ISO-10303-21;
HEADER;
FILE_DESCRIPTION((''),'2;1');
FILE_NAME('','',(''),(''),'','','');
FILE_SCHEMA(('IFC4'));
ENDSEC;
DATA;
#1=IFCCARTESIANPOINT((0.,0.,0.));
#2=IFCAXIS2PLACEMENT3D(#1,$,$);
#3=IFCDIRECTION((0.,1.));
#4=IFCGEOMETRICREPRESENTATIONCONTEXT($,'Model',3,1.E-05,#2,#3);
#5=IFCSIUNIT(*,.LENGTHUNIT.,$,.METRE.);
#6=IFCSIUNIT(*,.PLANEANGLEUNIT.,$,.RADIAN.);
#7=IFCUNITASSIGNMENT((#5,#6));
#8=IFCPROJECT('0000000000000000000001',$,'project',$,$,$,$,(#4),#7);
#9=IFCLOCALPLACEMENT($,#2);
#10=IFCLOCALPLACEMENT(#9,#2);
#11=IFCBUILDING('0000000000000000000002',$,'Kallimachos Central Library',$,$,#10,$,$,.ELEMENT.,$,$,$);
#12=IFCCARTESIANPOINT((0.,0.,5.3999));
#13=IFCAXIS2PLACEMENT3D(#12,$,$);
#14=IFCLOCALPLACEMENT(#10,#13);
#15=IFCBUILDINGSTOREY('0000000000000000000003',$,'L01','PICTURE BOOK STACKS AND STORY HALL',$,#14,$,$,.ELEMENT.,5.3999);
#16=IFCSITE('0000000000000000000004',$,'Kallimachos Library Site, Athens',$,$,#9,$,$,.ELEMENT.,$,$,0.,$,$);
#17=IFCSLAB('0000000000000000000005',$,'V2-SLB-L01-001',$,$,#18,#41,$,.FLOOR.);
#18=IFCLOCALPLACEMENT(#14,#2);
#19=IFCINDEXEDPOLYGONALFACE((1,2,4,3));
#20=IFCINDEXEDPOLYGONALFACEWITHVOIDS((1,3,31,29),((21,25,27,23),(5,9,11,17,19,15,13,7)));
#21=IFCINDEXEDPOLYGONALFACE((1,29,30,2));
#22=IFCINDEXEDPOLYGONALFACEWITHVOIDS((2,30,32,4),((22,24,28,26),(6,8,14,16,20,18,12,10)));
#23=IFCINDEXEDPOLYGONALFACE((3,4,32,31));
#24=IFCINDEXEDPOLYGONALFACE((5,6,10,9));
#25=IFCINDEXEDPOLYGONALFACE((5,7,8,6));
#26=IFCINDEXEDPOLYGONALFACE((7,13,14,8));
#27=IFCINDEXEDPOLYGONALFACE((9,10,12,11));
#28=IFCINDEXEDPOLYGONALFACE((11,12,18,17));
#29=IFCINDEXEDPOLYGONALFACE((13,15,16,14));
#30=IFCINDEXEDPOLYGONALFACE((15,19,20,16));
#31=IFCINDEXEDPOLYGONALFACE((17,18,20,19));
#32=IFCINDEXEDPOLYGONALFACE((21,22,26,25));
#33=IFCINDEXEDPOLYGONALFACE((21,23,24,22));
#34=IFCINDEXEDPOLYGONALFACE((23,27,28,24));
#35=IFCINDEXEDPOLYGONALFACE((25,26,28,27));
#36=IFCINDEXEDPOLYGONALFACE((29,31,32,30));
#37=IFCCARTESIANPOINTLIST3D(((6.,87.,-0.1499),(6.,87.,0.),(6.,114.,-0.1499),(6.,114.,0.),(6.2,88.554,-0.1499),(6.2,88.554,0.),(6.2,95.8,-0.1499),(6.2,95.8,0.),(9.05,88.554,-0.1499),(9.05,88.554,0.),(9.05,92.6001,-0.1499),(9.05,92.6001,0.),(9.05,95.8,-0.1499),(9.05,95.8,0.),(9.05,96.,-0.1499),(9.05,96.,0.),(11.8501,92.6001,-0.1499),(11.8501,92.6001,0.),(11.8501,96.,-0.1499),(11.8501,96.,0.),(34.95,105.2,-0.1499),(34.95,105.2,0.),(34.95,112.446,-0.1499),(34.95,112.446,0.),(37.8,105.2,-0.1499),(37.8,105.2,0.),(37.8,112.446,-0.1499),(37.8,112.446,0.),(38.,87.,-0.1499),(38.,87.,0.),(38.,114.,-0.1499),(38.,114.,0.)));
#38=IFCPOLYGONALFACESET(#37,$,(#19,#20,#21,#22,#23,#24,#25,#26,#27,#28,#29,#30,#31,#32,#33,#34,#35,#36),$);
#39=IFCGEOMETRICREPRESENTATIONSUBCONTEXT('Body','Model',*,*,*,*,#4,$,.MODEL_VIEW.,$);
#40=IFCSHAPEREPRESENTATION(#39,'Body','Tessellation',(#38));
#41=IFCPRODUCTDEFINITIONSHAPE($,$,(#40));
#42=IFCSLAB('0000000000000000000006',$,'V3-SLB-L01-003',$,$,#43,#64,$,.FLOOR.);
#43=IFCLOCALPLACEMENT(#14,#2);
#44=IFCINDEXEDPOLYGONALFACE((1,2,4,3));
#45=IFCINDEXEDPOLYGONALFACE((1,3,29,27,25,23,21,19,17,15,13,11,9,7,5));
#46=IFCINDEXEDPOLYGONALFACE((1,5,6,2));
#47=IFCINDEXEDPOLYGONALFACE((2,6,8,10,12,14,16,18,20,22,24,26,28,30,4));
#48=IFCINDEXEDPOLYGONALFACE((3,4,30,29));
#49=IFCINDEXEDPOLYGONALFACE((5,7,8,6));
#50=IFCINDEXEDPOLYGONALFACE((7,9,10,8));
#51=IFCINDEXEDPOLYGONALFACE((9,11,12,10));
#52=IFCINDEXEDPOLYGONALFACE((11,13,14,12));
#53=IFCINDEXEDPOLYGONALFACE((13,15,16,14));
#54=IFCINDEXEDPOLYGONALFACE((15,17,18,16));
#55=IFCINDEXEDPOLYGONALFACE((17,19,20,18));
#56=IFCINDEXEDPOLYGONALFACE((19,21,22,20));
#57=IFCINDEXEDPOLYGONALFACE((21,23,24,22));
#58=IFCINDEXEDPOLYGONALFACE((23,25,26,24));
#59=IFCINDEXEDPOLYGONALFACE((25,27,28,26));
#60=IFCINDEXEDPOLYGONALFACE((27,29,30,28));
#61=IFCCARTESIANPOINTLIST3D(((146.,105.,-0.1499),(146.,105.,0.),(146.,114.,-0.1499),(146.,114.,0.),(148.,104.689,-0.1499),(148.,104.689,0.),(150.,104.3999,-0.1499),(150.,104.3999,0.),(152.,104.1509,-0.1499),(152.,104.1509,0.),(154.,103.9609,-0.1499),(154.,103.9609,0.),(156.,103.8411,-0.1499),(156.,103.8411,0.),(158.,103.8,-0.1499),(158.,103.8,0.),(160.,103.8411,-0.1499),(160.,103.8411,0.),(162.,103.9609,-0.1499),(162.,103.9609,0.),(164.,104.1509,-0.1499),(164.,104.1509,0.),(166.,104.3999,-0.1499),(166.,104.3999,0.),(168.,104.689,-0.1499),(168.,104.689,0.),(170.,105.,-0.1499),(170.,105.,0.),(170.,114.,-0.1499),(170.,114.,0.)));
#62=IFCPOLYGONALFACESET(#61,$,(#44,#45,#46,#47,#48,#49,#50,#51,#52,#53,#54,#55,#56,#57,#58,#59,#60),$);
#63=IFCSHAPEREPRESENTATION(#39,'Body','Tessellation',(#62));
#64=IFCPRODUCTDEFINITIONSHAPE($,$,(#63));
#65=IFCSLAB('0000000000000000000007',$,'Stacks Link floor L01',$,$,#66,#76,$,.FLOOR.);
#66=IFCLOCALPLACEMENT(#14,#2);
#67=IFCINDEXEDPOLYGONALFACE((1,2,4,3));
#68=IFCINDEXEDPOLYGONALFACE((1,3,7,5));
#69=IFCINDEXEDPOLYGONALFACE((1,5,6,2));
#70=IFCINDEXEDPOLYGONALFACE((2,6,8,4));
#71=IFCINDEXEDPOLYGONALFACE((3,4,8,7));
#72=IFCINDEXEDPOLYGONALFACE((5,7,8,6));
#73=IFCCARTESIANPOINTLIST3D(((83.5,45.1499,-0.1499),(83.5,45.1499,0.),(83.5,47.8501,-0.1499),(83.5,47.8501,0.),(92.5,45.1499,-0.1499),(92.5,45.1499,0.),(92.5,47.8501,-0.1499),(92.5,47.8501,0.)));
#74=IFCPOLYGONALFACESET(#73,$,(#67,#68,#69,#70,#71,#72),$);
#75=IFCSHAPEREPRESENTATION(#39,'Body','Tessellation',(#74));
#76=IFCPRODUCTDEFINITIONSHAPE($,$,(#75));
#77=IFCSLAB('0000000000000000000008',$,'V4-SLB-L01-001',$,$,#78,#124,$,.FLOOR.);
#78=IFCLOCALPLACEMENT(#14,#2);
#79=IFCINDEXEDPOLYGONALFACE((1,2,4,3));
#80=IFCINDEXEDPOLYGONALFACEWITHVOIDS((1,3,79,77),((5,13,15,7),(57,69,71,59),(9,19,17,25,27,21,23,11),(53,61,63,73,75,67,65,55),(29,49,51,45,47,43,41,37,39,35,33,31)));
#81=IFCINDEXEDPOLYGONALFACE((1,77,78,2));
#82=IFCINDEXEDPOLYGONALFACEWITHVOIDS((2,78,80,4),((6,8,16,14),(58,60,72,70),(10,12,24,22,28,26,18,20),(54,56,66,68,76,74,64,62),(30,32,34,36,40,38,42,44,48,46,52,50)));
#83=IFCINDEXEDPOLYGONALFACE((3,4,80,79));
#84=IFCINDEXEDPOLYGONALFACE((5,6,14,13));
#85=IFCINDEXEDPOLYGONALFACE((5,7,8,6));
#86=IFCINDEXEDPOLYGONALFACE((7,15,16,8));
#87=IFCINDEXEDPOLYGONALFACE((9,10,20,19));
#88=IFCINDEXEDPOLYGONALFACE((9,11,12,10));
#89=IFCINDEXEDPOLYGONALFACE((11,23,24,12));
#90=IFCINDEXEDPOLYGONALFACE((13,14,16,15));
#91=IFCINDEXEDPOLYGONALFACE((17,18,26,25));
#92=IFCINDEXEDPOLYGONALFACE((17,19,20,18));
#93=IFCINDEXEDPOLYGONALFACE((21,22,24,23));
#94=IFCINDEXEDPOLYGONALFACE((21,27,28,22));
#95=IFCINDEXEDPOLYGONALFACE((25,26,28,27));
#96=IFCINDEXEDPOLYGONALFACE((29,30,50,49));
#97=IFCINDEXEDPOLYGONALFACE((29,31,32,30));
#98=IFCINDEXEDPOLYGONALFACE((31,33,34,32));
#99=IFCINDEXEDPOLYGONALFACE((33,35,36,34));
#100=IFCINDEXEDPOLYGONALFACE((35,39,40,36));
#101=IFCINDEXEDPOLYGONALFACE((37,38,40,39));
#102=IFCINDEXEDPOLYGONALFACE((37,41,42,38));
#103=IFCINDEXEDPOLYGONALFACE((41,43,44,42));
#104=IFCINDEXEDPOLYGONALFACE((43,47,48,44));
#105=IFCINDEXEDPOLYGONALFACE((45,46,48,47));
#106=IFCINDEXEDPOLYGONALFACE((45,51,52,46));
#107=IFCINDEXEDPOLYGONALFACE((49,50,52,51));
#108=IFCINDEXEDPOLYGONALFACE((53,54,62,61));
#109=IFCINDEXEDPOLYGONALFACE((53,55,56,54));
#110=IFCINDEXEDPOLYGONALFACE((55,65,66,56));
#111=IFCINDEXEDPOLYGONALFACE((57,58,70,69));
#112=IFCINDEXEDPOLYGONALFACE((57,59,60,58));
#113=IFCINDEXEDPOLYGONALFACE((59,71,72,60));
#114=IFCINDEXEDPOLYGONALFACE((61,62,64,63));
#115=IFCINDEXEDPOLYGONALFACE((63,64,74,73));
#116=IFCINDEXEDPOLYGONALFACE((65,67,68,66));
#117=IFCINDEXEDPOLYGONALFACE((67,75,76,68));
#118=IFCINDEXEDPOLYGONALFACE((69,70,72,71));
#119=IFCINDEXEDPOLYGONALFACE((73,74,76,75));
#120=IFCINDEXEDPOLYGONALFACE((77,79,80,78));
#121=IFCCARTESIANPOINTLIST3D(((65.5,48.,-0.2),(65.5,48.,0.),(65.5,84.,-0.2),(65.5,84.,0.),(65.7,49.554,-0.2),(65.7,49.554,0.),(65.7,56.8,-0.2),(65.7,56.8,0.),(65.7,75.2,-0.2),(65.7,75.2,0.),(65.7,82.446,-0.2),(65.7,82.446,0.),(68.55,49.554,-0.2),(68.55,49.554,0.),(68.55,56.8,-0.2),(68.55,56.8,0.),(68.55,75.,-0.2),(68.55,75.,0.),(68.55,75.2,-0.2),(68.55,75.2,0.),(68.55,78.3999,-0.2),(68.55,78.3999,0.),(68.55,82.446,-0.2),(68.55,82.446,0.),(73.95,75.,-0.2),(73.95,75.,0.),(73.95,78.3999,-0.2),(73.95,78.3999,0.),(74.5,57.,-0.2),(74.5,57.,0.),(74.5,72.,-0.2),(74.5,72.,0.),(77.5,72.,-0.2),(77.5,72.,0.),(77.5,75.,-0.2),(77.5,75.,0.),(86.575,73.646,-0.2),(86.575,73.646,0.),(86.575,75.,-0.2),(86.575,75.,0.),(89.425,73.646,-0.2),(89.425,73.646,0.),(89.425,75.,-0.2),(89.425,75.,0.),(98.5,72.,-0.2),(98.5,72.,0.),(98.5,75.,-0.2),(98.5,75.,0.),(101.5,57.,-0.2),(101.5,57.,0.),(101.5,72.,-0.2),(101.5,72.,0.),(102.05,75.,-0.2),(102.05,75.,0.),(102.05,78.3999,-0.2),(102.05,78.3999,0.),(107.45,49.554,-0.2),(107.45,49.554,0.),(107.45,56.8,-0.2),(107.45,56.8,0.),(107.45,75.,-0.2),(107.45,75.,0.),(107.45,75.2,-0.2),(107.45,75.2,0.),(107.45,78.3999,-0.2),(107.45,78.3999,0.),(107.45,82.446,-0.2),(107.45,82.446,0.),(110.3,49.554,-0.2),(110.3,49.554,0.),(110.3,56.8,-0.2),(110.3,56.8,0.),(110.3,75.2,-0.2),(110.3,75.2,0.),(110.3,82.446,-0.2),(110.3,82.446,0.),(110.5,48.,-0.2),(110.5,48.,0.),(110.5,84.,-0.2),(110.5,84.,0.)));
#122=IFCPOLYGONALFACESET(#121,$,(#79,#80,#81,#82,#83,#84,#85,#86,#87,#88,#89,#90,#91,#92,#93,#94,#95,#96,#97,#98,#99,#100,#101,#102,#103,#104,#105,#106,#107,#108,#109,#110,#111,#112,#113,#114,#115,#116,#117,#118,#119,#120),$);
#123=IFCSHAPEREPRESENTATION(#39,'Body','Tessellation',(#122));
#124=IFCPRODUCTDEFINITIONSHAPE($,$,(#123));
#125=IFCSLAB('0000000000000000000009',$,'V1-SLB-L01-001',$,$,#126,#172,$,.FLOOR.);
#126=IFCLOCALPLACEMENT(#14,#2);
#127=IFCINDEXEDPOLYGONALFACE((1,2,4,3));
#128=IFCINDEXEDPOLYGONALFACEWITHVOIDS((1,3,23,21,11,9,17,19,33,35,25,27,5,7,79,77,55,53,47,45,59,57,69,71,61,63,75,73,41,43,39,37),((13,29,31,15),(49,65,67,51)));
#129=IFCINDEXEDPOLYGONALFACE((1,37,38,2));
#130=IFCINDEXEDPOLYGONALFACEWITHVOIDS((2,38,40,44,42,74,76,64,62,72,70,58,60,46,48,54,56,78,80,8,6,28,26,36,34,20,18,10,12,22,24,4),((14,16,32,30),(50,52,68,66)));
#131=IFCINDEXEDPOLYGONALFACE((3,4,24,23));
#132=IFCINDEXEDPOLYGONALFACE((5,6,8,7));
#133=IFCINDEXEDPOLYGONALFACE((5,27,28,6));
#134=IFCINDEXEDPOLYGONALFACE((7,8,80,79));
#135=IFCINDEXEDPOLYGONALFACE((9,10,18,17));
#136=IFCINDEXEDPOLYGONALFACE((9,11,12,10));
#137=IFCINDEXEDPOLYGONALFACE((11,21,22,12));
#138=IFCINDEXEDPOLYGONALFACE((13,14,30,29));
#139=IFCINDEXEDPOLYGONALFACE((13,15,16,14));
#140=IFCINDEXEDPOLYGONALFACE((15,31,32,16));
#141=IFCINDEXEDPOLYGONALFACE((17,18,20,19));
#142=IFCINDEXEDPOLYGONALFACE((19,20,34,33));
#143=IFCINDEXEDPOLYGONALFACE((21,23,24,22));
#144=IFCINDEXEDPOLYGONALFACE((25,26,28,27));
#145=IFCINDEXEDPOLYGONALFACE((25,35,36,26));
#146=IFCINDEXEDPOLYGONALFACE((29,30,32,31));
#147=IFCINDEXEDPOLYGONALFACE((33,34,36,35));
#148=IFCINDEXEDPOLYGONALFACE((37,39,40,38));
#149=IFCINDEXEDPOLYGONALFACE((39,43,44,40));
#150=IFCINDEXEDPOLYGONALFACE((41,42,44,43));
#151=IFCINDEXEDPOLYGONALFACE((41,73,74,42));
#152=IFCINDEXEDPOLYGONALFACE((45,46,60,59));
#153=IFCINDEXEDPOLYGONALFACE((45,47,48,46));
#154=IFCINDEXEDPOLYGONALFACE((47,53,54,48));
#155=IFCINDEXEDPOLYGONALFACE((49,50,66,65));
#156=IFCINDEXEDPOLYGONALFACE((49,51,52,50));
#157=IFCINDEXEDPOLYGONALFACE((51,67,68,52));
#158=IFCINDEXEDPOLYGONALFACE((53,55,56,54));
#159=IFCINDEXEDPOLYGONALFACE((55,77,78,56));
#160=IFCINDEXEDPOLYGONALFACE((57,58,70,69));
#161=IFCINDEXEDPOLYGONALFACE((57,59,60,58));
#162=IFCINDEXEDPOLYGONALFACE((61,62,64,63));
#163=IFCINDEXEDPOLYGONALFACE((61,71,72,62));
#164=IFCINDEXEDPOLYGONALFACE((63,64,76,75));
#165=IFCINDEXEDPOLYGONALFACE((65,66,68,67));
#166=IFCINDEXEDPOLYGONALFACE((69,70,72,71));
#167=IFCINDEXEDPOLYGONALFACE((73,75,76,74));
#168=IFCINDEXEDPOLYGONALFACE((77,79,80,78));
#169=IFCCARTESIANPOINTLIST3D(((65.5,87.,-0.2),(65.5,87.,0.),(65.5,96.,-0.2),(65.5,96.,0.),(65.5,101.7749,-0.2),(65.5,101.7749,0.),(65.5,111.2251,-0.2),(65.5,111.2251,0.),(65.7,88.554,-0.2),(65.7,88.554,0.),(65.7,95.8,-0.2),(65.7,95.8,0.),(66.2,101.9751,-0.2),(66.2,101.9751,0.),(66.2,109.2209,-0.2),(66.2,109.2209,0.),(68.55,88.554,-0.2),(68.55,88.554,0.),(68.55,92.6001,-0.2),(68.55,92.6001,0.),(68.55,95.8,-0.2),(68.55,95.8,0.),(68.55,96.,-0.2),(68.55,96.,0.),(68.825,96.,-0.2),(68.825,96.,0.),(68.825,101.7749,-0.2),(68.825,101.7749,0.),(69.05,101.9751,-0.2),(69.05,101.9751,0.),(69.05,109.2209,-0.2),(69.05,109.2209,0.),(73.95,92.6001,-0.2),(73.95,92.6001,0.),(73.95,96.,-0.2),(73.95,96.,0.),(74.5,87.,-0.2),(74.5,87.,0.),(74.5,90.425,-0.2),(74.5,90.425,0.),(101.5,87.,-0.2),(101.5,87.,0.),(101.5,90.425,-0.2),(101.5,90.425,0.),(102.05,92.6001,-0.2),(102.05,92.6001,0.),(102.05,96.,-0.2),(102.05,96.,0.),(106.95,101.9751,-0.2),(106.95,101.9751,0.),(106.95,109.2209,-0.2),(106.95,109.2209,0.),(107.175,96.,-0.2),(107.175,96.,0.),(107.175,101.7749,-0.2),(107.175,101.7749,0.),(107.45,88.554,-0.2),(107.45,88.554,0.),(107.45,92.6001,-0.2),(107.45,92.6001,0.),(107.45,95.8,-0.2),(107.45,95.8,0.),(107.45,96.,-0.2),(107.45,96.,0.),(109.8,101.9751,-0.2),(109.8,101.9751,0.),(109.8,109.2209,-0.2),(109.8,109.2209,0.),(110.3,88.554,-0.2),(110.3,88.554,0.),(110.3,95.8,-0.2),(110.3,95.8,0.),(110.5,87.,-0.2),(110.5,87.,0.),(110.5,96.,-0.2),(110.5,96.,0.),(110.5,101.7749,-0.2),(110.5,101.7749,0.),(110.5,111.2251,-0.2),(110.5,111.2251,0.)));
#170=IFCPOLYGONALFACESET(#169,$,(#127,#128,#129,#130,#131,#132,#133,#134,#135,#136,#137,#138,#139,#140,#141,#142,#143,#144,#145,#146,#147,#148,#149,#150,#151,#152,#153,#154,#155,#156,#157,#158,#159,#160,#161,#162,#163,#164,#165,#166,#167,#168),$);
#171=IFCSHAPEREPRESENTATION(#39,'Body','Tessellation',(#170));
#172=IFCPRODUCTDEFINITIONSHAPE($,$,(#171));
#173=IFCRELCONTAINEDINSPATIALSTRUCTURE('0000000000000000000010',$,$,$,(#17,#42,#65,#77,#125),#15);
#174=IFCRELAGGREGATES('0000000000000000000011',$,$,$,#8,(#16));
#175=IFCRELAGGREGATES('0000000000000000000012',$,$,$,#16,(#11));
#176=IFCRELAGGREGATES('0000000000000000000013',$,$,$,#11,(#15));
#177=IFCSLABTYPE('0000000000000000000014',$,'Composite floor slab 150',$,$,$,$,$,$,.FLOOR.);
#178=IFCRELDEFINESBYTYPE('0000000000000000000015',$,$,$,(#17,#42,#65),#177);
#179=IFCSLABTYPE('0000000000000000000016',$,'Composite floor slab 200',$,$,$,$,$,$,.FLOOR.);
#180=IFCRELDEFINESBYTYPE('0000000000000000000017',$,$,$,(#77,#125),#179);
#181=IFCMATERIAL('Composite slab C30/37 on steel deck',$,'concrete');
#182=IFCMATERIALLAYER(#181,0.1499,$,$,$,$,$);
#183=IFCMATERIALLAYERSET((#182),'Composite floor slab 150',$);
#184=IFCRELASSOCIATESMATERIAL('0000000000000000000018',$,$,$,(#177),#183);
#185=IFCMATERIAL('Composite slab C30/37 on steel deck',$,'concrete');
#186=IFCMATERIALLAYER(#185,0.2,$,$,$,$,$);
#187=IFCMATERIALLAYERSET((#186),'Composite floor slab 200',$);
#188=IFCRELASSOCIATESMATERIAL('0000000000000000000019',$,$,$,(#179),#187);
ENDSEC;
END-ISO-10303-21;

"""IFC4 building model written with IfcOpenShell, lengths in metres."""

from ifc_helpers import new_model, si_unit, direction, frame, origin, place, context, subcontext, project, spatial, polyline, outline, extrude, material, layer, layer_set, type_object, element, save


model = new_model("IFC4")

# Units and contexts
model_context = context("Model", 3, precision=1e-05, world=origin(), true_north=direction((0.0, 1.0)))
body_context = subcontext(model_context, "Body", "Model", "MODEL_VIEW")
ifc_project = project(units=[si_unit("LENGTHUNIT", "METRE"), si_unit("PLANEANGLEUNIT", "RADIAN")], contexts=[model_context])

# Site, building, storey
site_placement = place(None, origin())
site = spatial("IfcSite", under=ifc_project, at=site_placement, Name="Kallimachos Library Site, Athens", CompositionType="ELEMENT", RefElevation=0.0)
building_placement = place(site_placement, origin())
building = spatial("IfcBuilding", under=site, at=building_placement, Name="Kallimachos Central Library", CompositionType="ELEMENT")
storey_placement = place(building_placement, frame((0.0, 0.0, 5.3999)))
storey = spatial("IfcBuildingStorey", under=building, at=storey_placement, Name="L01", Description="PICTURE BOOK STACKS AND STORY HALL", CompositionType="ELEMENT", Elevation=5.3999)

# Slabs
ifc_material_1 = material(Name="Composite slab C30/37 on steel deck", Category="concrete")
ifc_layer_1 = layer(ifc_material_1, 0.1499)
ifc_layer_set_1 = layer_set([ifc_layer_1], Name="Composite floor slab 150")
slab_type_1 = type_object("IfcSlabType", Name="Composite floor slab 150", PredefinedType="FLOOR", material=ifc_layer_set_1)
slab_1_placement = place(storey_placement, frame((0.0, 0.0, -0.1499)))
element("IfcSlab", 1, at=slab_1_placement, inside=storey, type_object=slab_type_1, Name="V2-SLB-L01-001", PredefinedType="FLOOR", context=body_context, shape_type="SweptSolid", body=[
    extrude(outline(polyline([(6.0, 114.0), (38.0, 114.0), (38.0, 87.0), (6.0, 87.0), (6.0, 114.0)]), holes=[polyline([(9.05, 88.554), (9.05, 92.6001), (11.8501, 92.6001), (11.8501, 96.0), (9.05, 96.0), (9.05, 95.8), (6.2, 95.8), (6.2, 88.554), (9.05, 88.554)]), polyline([(37.8, 112.446), (34.95, 112.446), (34.95, 105.2), (37.8, 105.2), (37.8, 112.446)])]), origin(), (0.0, 0.0, 1.0), 0.1499),
])
slab_2_placement = place(storey_placement, frame((0.0, 0.0, -0.1499)))
element("IfcSlab", 2, at=slab_2_placement, inside=storey, type_object=slab_type_1, Name="V3-SLB-L01-003", PredefinedType="FLOOR", context=body_context, shape_type="SweptSolid", body=[
    extrude(outline(polyline([(146.0, 114.0), (170.0, 114.0), (170.0, 105.0), (168.0, 104.689), (166.0, 104.3999), (164.0, 104.1509), (162.0, 103.9609), (160.0, 103.8411), (158.0, 103.8), (156.0, 103.8411), (154.0, 103.9609), (152.0, 104.1509), (150.0, 104.3999), (148.0, 104.689), (146.0, 105.0), (146.0, 114.0)])), origin(), (0.0, 0.0, 1.0), 0.1499),
])
slab_3_placement = place(storey_placement, frame((0.0, 0.0, -0.1499)))
element("IfcSlab", 3, at=slab_3_placement, inside=storey, type_object=slab_type_1, Name="Stacks Link floor L01", PredefinedType="FLOOR", context=body_context, shape_type="SweptSolid", body=[
    extrude(outline(polyline([(83.5, 45.1499), (92.5, 45.1499), (92.5, 47.8501), (83.5, 47.8501), (83.5, 45.1499)])), origin(), (0.0, 0.0, 1.0), 0.1499),
])
ifc_material_2 = material(Name="Composite slab C30/37 on steel deck", Category="concrete")
ifc_layer_2 = layer(ifc_material_2, 0.2)
ifc_layer_set_2 = layer_set([ifc_layer_2], Name="Composite floor slab 200")
slab_type_2 = type_object("IfcSlabType", Name="Composite floor slab 200", PredefinedType="FLOOR", material=ifc_layer_set_2)
slab_4_placement = place(storey_placement, frame((0.0, 0.0, -0.2)))
element("IfcSlab", 4, at=slab_4_placement, inside=storey, type_object=slab_type_2, Name="V4-SLB-L01-001", PredefinedType="FLOOR", context=body_context, shape_type="SweptSolid", body=[
    extrude(outline(polyline([(65.5, 84.0), (110.5, 84.0), (110.5, 48.0), (65.5, 48.0), (65.5, 84.0)]), holes=[polyline([(68.55, 56.8), (65.7, 56.8), (65.7, 49.554), (68.55, 49.554), (68.55, 56.8)]), polyline([(110.3, 49.554), (110.3, 56.8), (107.45, 56.8), (107.45, 49.554), (110.3, 49.554)]), polyline([(77.5, 72.0), (74.5, 72.0), (74.5, 57.0), (101.5, 57.0), (101.5, 72.0), (98.5, 72.0), (98.5, 75.0), (89.425, 75.0), (89.425, 73.646), (86.575, 73.646), (86.575, 75.0), (77.5, 75.0), (77.5, 72.0)]), polyline([(68.55, 75.2), (68.55, 75.0), (73.95, 75.0), (73.95, 78.3999), (68.55, 78.3999), (68.55, 82.446), (65.7, 82.446), (65.7, 75.2), (68.55, 75.2)]), polyline([(107.45, 75.2), (110.3, 75.2), (110.3, 82.446), (107.45, 82.446), (107.45, 78.3999), (102.05, 78.3999), (102.05, 75.0), (107.45, 75.0), (107.45, 75.2)])]), origin(), (0.0, 0.0, 1.0), 0.2),
])
slab_5_placement = place(storey_placement, frame((0.0, 0.0, -0.2)))
element("IfcSlab", 5, at=slab_5_placement, inside=storey, type_object=slab_type_2, Name="V1-SLB-L01-001", PredefinedType="FLOOR", context=body_context, shape_type="SweptSolid", body=[
    extrude(outline(polyline([(110.5, 96.0), (110.5, 87.0), (101.5, 87.0), (101.5, 90.425), (74.5, 90.425), (74.5, 87.0), (65.5, 87.0), (65.5, 96.0), (68.55, 96.0), (68.55, 95.8), (65.7, 95.8), (65.7, 88.554), (68.55, 88.554), (68.55, 92.6001), (73.95, 92.6001), (73.95, 96.0), (68.825, 96.0), (68.825, 101.7749), (65.5, 101.7749), (65.5, 111.2251), (110.5, 111.2251), (110.5, 101.7749), (107.175, 101.7749), (107.175, 96.0), (102.05, 96.0), (102.05, 92.6001), (107.45, 92.6001), (107.45, 88.554), (110.3, 88.554), (110.3, 95.8), (107.45, 95.8), (107.45, 96.0), (110.5, 96.0)]), holes=[polyline([(69.05, 101.9751), (69.05, 109.2209), (66.2, 109.2209), (66.2, 101.9751), (69.05, 101.9751)]), polyline([(109.8, 101.9751), (109.8, 109.2209), (106.95, 109.2209), (106.95, 101.9751), (109.8, 101.9751)])]), origin(), (0.0, 0.0, 1.0), 0.2),
])

save(model, "model.ifc")
